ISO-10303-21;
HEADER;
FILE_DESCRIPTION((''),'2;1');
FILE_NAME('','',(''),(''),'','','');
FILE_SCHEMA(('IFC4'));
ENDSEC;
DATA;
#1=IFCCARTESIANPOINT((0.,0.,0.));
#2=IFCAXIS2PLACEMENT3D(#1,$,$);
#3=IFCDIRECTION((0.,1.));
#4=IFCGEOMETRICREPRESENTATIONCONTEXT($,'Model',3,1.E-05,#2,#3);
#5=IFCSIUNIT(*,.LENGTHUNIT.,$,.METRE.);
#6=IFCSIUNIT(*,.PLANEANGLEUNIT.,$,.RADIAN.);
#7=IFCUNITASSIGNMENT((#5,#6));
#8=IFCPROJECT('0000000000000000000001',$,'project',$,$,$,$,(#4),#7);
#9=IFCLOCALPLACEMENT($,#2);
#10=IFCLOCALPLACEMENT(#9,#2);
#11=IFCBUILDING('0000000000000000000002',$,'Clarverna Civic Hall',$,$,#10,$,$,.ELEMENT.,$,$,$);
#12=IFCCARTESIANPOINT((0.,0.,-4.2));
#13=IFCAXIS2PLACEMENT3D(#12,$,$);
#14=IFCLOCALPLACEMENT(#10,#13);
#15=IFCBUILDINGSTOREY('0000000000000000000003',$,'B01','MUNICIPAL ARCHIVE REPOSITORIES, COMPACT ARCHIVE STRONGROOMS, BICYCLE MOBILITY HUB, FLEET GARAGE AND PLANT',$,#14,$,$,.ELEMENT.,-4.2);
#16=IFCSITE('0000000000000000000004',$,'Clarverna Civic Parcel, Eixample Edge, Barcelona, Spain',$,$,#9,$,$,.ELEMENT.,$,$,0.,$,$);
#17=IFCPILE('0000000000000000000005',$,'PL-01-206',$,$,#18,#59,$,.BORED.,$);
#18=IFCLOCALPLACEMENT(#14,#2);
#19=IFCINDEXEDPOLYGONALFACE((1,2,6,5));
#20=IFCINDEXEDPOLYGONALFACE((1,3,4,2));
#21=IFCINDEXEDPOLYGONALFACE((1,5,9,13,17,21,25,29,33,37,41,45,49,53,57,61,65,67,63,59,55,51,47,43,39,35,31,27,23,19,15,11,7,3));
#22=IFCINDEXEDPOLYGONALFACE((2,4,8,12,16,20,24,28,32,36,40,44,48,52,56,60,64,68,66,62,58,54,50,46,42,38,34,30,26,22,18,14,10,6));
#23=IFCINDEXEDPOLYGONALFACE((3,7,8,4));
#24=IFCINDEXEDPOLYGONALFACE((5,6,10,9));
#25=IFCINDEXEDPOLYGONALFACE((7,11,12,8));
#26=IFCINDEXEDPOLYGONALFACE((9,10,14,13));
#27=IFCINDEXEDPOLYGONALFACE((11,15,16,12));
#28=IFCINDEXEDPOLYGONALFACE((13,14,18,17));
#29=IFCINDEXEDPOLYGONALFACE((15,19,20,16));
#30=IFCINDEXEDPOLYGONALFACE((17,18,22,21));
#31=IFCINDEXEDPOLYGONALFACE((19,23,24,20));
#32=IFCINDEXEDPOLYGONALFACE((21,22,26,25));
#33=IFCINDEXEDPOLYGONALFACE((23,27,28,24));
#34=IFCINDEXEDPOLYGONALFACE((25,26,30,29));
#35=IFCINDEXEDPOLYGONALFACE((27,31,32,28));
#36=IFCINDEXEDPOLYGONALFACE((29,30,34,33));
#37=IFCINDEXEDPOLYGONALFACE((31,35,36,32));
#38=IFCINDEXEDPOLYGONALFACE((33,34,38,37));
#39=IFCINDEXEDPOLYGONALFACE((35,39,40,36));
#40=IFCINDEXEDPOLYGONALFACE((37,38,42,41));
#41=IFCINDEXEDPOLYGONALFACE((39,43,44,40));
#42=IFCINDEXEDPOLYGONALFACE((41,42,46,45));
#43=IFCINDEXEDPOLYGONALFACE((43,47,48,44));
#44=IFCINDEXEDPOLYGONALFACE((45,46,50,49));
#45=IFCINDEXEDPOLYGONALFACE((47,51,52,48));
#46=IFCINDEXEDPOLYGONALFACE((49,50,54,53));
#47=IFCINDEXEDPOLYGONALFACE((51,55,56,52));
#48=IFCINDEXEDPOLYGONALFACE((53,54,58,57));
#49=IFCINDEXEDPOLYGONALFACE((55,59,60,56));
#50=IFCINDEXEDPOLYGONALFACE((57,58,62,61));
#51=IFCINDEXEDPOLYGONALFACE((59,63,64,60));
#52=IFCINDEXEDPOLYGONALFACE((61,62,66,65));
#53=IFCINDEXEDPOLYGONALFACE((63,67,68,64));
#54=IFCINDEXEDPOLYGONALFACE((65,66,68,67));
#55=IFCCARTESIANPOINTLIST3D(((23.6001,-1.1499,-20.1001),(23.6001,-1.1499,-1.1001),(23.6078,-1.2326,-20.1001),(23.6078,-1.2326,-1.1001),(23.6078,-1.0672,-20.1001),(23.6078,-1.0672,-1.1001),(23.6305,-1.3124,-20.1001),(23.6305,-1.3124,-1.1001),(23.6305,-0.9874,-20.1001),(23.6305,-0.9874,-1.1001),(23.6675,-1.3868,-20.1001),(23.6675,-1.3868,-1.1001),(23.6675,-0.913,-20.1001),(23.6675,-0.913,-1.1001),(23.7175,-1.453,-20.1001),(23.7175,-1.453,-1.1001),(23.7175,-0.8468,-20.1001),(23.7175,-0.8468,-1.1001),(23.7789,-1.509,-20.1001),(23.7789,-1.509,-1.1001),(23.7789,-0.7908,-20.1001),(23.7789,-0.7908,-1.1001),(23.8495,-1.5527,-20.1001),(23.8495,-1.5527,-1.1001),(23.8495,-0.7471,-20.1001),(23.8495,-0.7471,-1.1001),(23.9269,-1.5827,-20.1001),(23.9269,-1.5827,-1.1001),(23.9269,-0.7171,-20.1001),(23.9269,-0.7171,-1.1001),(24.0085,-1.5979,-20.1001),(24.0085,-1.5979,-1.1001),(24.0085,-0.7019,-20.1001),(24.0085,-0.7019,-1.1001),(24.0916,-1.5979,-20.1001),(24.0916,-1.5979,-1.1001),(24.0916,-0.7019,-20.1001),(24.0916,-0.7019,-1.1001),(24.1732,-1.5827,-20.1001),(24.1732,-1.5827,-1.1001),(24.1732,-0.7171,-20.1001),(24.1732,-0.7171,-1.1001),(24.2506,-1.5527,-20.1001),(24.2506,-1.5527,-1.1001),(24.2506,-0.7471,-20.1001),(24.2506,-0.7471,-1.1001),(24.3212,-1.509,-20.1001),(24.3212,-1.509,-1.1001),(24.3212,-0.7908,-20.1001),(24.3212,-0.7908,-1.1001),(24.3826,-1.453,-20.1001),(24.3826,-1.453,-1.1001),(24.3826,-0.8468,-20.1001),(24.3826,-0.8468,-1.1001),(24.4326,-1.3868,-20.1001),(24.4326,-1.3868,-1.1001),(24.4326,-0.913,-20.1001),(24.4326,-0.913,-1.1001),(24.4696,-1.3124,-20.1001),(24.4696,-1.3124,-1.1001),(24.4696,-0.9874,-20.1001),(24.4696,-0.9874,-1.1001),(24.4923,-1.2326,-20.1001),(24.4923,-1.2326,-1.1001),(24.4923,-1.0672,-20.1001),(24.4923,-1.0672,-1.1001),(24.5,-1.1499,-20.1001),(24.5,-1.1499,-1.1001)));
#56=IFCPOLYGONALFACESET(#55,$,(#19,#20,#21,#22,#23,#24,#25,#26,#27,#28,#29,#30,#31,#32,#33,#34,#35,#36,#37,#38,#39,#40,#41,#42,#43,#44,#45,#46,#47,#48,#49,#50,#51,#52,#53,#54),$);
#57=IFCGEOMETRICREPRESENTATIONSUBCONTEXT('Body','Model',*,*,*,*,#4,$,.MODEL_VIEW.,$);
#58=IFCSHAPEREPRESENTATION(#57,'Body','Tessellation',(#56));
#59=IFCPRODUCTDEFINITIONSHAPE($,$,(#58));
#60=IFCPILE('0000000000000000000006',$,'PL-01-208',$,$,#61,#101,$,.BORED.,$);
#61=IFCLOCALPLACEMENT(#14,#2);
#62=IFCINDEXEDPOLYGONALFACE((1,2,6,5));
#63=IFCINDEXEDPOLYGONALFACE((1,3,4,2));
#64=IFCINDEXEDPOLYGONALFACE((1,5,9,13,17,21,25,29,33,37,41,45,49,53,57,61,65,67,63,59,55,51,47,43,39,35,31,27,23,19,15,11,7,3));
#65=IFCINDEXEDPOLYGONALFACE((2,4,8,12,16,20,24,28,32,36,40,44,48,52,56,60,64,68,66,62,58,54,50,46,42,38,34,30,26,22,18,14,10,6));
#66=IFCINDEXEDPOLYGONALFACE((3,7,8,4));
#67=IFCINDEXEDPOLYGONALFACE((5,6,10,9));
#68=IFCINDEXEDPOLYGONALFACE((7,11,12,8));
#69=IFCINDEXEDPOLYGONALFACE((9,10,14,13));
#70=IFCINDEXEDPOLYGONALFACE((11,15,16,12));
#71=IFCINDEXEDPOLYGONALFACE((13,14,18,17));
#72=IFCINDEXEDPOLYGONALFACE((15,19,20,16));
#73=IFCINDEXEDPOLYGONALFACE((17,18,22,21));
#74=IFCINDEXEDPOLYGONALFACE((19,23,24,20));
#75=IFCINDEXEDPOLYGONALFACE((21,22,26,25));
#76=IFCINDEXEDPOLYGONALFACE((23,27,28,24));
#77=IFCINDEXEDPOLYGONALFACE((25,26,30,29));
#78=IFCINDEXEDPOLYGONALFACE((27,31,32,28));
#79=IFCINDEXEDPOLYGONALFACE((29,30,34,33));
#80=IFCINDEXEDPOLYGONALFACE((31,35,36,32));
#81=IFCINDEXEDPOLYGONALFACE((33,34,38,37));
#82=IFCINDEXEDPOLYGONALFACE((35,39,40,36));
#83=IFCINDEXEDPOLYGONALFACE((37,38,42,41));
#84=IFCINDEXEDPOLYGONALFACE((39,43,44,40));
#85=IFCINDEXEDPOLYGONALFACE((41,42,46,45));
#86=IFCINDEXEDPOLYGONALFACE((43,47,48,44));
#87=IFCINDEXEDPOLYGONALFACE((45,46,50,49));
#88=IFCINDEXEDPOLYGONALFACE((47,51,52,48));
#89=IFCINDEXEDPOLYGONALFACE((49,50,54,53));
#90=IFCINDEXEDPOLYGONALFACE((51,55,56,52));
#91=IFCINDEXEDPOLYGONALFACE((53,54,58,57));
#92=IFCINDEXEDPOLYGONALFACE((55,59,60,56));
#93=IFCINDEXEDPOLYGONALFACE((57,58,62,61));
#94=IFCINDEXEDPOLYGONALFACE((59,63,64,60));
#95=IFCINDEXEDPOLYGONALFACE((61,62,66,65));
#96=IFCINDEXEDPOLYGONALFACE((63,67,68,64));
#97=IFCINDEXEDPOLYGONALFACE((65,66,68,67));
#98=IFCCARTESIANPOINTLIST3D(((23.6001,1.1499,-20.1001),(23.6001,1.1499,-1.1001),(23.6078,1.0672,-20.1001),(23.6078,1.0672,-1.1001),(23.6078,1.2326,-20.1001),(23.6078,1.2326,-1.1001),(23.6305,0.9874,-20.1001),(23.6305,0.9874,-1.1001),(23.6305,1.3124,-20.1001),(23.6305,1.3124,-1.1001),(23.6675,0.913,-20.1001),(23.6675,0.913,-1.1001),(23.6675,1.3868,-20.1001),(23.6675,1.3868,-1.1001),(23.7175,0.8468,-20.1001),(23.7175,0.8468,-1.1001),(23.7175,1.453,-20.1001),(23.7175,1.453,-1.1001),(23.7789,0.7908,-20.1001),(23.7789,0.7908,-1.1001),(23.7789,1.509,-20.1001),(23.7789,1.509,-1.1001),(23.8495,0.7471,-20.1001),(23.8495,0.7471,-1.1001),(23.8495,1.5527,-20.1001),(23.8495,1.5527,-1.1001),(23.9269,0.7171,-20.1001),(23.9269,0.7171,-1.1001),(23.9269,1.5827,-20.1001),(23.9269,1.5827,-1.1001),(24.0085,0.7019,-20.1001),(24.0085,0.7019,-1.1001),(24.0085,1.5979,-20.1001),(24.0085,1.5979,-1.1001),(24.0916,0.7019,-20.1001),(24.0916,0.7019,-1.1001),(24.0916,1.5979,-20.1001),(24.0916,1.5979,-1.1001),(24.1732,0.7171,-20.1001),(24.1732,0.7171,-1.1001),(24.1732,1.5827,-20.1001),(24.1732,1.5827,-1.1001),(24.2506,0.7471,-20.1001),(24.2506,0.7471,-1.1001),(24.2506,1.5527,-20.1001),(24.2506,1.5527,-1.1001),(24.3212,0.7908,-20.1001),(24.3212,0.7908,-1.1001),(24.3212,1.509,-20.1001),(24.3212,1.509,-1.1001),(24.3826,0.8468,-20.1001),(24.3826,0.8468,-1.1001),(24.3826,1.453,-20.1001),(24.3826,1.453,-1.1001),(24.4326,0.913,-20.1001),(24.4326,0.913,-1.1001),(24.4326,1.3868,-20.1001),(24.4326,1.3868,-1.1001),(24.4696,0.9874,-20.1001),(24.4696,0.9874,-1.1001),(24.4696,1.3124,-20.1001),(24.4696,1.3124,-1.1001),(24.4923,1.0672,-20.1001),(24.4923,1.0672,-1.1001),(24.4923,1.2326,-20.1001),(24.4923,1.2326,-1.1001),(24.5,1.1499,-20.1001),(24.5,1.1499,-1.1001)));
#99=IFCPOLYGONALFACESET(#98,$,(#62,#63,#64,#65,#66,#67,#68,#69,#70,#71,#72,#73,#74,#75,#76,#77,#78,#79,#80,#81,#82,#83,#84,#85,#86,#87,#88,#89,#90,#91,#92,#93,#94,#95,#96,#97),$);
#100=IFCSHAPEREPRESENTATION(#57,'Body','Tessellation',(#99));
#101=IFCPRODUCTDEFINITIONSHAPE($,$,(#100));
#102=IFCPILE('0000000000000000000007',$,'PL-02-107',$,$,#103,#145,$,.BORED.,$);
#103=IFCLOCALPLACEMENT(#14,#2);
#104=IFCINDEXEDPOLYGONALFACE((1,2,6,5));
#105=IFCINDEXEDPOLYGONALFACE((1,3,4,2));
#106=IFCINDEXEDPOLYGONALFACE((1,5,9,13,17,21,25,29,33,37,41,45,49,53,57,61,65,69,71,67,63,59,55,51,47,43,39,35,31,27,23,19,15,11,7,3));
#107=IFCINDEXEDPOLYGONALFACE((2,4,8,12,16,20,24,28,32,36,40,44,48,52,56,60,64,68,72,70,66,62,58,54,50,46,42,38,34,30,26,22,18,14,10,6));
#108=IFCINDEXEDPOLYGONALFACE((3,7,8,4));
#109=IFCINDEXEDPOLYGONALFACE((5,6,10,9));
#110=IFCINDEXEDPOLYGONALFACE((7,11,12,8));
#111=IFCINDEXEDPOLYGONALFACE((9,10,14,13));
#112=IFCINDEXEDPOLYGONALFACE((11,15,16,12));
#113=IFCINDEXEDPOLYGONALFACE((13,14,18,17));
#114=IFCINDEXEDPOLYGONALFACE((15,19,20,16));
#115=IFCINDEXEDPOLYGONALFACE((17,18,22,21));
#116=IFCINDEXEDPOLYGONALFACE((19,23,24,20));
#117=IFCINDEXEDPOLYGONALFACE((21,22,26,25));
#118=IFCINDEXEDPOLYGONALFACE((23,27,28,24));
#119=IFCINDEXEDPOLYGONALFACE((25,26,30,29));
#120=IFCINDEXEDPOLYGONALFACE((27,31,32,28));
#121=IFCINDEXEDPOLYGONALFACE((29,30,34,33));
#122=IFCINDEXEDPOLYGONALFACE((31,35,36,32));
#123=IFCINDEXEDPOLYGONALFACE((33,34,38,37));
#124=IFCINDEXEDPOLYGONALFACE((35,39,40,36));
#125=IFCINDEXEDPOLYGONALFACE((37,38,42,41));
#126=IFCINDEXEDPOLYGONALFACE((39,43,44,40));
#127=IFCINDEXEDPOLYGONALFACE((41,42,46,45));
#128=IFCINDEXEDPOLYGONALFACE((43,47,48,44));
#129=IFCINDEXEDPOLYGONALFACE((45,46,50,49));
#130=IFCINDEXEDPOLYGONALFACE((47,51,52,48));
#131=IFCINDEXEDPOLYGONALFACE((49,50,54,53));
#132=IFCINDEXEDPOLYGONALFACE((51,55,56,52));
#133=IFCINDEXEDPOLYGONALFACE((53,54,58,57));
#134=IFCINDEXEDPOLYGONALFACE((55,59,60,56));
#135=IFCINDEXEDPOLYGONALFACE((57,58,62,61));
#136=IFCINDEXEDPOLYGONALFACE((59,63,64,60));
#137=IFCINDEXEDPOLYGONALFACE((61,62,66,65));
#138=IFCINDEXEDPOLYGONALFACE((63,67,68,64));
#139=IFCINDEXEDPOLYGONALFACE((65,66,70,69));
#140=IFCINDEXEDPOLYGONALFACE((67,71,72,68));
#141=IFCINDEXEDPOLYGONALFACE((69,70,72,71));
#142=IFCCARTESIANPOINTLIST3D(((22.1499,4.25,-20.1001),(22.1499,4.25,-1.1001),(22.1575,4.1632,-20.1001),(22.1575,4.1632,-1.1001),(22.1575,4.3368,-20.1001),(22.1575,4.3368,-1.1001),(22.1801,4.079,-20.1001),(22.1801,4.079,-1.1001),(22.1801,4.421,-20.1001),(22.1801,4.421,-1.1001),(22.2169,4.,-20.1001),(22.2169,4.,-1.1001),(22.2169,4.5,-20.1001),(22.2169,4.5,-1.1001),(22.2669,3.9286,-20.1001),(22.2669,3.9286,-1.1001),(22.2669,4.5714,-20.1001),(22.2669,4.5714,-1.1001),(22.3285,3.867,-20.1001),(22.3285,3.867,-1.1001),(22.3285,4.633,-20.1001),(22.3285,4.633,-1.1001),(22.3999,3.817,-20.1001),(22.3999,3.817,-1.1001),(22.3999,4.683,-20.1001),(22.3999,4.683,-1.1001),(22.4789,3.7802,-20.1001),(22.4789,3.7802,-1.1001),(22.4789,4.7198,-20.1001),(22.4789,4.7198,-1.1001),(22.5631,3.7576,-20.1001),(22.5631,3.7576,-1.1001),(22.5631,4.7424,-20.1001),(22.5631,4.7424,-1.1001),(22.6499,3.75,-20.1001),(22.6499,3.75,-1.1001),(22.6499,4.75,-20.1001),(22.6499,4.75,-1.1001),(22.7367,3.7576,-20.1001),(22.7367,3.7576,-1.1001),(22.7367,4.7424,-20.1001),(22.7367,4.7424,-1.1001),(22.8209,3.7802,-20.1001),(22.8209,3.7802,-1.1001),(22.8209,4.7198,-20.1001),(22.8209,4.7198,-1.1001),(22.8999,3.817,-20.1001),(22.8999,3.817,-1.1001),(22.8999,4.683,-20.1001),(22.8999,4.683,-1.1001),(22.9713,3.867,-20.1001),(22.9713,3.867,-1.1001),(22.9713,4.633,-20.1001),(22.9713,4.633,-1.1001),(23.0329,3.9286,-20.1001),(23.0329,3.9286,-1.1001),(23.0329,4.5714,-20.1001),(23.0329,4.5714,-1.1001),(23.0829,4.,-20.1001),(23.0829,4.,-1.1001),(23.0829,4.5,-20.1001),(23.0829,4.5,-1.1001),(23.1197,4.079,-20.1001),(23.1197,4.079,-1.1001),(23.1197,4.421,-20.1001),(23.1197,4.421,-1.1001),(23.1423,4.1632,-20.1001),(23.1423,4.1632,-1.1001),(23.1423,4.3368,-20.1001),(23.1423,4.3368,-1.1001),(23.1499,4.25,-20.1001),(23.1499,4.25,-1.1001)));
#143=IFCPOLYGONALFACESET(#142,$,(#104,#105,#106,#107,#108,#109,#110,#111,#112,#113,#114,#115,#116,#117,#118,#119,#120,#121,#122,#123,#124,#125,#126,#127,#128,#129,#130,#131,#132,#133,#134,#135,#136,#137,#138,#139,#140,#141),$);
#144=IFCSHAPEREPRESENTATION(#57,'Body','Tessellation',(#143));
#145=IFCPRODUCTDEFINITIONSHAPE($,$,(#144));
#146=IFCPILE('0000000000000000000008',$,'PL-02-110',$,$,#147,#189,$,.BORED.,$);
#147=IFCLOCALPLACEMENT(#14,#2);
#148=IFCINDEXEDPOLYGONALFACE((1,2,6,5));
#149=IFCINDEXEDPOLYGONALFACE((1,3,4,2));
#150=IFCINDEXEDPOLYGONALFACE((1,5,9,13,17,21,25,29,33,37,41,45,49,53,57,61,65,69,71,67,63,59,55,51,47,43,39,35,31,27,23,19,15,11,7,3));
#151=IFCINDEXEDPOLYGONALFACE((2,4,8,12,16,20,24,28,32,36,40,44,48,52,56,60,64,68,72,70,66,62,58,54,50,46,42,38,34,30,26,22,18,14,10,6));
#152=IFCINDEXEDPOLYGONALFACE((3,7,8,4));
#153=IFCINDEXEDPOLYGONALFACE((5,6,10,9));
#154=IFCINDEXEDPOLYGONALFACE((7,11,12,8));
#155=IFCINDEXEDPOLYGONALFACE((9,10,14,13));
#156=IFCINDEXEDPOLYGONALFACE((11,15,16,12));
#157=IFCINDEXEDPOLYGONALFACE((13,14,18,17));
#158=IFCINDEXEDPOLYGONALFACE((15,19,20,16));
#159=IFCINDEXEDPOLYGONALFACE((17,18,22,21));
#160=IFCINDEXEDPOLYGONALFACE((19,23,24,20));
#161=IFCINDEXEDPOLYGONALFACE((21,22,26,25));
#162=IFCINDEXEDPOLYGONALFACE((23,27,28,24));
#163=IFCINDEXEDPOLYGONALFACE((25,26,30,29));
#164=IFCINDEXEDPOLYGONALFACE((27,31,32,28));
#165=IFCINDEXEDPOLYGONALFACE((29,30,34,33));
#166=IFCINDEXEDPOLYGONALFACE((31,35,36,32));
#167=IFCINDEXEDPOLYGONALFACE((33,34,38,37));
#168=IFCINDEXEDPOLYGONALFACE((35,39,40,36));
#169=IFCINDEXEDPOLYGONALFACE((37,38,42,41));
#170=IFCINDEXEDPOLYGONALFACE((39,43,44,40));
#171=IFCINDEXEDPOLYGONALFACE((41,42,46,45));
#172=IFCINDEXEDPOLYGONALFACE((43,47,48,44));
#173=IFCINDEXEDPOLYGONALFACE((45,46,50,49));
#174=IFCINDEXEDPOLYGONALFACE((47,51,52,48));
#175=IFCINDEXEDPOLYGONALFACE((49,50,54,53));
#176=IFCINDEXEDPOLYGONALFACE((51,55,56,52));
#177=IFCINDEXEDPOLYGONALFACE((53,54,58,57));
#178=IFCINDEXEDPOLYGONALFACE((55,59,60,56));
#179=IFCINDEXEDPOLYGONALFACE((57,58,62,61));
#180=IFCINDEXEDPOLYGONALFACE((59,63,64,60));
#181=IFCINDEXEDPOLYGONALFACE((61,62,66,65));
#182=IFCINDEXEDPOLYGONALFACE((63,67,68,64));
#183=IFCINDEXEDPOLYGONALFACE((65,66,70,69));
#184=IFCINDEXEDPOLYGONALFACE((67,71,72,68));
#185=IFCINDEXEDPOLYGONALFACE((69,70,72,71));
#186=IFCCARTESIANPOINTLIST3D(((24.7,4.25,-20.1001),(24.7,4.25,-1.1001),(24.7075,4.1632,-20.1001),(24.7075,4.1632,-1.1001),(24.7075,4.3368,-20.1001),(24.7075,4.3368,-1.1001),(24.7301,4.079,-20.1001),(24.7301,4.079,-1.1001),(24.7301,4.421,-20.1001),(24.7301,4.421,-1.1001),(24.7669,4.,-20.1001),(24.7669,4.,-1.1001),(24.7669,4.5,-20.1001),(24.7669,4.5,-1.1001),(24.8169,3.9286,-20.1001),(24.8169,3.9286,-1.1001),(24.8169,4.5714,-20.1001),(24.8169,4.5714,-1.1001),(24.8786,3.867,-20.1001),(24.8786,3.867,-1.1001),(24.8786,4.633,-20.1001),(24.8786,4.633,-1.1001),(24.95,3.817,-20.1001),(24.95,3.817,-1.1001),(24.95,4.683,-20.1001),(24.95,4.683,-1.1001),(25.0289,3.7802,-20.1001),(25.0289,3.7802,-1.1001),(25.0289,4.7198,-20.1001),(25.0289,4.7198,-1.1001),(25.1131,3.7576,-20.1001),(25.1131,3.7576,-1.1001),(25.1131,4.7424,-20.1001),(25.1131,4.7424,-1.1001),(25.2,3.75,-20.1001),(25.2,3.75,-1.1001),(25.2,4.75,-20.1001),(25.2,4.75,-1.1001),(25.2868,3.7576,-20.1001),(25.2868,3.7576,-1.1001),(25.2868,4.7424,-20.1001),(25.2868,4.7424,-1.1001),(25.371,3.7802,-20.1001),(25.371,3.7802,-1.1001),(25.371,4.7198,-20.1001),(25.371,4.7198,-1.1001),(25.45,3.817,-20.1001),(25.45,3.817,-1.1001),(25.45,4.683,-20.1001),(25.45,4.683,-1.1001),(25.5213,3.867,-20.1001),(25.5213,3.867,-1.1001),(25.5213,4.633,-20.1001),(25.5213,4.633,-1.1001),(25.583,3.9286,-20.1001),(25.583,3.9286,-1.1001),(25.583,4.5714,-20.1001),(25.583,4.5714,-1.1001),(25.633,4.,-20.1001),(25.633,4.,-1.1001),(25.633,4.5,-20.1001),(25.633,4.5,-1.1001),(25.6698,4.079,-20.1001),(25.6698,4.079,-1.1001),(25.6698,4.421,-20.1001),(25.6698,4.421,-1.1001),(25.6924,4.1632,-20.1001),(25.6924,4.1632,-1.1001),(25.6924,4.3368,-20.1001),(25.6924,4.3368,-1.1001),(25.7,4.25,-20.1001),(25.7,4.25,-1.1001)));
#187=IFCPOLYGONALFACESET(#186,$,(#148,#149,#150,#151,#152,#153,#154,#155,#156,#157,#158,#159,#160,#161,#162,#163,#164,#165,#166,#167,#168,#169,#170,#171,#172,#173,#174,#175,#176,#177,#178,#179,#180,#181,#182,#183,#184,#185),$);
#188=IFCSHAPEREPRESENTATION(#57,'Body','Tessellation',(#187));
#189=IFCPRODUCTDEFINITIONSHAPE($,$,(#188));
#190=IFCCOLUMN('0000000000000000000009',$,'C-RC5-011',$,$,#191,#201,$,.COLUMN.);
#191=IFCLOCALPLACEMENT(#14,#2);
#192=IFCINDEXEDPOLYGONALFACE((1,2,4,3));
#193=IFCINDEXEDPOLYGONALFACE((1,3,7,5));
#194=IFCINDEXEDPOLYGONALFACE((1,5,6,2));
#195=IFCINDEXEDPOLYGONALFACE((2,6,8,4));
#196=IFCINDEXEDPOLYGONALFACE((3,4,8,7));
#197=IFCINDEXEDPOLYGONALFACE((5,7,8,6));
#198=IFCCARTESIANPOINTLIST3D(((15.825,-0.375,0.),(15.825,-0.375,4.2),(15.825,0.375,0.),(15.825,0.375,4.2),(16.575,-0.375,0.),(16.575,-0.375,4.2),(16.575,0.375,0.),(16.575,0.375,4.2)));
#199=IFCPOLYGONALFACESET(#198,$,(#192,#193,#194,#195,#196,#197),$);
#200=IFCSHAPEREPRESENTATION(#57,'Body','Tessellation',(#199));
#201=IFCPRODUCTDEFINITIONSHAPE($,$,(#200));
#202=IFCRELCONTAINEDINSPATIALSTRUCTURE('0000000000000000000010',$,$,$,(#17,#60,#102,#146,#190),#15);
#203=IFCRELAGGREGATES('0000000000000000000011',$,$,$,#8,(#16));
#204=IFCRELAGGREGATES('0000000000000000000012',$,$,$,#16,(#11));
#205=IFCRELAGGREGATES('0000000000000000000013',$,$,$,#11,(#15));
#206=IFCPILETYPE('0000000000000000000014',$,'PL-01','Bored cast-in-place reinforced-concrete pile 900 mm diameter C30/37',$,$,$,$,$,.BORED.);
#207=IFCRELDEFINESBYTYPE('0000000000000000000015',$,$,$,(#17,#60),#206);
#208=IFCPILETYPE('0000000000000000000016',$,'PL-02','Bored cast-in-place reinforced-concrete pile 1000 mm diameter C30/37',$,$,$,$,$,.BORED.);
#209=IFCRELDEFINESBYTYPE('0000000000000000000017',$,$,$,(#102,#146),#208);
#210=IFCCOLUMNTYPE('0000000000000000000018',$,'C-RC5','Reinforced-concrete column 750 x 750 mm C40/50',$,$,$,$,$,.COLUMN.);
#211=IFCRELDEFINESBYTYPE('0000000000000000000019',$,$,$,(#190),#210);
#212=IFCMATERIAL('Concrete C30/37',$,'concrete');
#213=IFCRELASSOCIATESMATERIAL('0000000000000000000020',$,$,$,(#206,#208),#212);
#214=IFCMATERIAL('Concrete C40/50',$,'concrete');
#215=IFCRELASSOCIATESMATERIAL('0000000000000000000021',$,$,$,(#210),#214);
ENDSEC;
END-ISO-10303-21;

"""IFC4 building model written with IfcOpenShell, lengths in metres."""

from ifc_helpers import new_model, si_unit, direction, frame, origin, origin_2d, place, context, subcontext, project, spatial, rectangle, circle, extrude, material, material_profile, profile_set, type_object, element, save


model = new_model("IFC4")

# Units and contexts
model_context = context("Model", 3, precision=1e-05, world=origin(), true_north=direction((0.0, 1.0)))
body_context = subcontext(model_context, "Body", "Model", "MODEL_VIEW")
ifc_project = project(units=[si_unit("LENGTHUNIT", "METRE"), si_unit("PLANEANGLEUNIT", "RADIAN")], contexts=[model_context])

# Site, building, storey
site_placement = place(None, origin())
site = spatial("IfcSite", under=ifc_project, at=site_placement, Name="Clarverna Civic Parcel, Eixample Edge, Barcelona, Spain", CompositionType="ELEMENT", RefElevation=0.0)
building_placement = place(site_placement, origin())
building = spatial("IfcBuilding", under=site, at=building_placement, Name="Clarverna Civic Hall", CompositionType="ELEMENT")
storey_placement = place(building_placement, frame((0.0, 0.0, -4.2)))
storey = spatial("IfcBuildingStorey", under=building, at=storey_placement, Name="B01", Description="MUNICIPAL ARCHIVE REPOSITORIES, COMPACT ARCHIVE STRONGROOMS, BICYCLE MOBILITY HUB, FLEET GARAGE AND PLANT", CompositionType="ELEMENT", Elevation=-4.2)

# Shared definitions
ifc_material_1 = material(Name="Concrete C30/37", Category="concrete")

# Piles
ifc_material_profile_1 = material_profile(ifc_material_1, circle(Radius=0.45, at=origin_2d()), Name="BORED PILE D900")
ifc_profile_set_1 = profile_set([ifc_material_profile_1], Name="Concrete C30/37")
pile_type_1 = type_object("IfcPileType", Name="PL-01", Description="Bored cast-in-place reinforced-concrete pile 900 mm diameter C30/37", PredefinedType="BORED", material=ifc_profile_set_1)
for number, where, z_axis, x_axis, name in (
    (1, (24.05, -1.1499, -1.1001), (0.0, 0.0, -1.0), (1.0, 0.0, 0.0), "PL-01-206"),
    (2, (24.05, 1.1499, -1.1001), (0.0, 0.0, -1.0), (1.0, 0.0, 0.0), "PL-01-208"),
):
    element("IfcPile", number, at=place(storey_placement, frame(where, z_axis=z_axis, x_axis=x_axis)), inside=storey, type_object=pile_type_1, Name=name, PredefinedType="BORED", context=body_context, shape_type="SweptSolid", body=[
        extrude(circle(Radius=0.45, at=origin_2d()), origin(), (0.0, 0.0, 1.0), 19.0),
    ])
ifc_material_profile_2 = material_profile(ifc_material_1, circle(Radius=0.5, at=origin_2d()), Name="BORED PILE D1000")
ifc_profile_set_2 = profile_set([ifc_material_profile_2], Name="Concrete C30/37")
pile_type_2 = type_object("IfcPileType", Name="PL-02", Description="Bored cast-in-place reinforced-concrete pile 1000 mm diameter C30/37", PredefinedType="BORED", material=ifc_profile_set_2)
for number, where, z_axis, x_axis, name in (
    (3, (22.6499, 4.25, -1.1001), (0.0, 0.0, -1.0), (1.0, 0.0, 0.0), "PL-02-107"),
    (4, (25.2, 4.25, -1.1001), (0.0, 0.0, -1.0), (1.0, 0.0, 0.0), "PL-02-110"),
):
    element("IfcPile", number, at=place(storey_placement, frame(where, z_axis=z_axis, x_axis=x_axis)), inside=storey, type_object=pile_type_2, Name=name, PredefinedType="BORED", context=body_context, shape_type="SweptSolid", body=[
        extrude(circle(Radius=0.5, at=origin_2d()), origin(), (0.0, 0.0, 1.0), 19.0),
    ])

# Column
ifc_material_2 = material(Name="Concrete C40/50", Category="concrete")
ifc_material_profile_3 = material_profile(ifc_material_2, rectangle(XDim=0.75, YDim=0.75, at=origin_2d()), Name="RC 750x750")
ifc_profile_set_3 = profile_set([ifc_material_profile_3], Name="Concrete C40/50")
column_type_1 = type_object("IfcColumnType", Name="C-RC5", Description="Reinforced-concrete column 750 x 750 mm C40/50", PredefinedType="COLUMN", material=ifc_profile_set_3)
for number, where, z_axis, x_axis, name in (
    (5, (16.2, 0.0, 0.0), (0.0, 0.0, 1.0), (1.0, 0.0, 0.0), "C-RC5-011"),
):
    element("IfcColumn", number, at=place(storey_placement, frame(where, z_axis=z_axis, x_axis=x_axis)), inside=storey, type_object=column_type_1, Name=name, PredefinedType="COLUMN", context=body_context, shape_type="SweptSolid", body=[
        extrude(rectangle(XDim=0.75, YDim=0.75, at=origin_2d()), origin(), (0.0, 0.0, 1.0), 4.2),
    ])

save(model, "model.ifc")
